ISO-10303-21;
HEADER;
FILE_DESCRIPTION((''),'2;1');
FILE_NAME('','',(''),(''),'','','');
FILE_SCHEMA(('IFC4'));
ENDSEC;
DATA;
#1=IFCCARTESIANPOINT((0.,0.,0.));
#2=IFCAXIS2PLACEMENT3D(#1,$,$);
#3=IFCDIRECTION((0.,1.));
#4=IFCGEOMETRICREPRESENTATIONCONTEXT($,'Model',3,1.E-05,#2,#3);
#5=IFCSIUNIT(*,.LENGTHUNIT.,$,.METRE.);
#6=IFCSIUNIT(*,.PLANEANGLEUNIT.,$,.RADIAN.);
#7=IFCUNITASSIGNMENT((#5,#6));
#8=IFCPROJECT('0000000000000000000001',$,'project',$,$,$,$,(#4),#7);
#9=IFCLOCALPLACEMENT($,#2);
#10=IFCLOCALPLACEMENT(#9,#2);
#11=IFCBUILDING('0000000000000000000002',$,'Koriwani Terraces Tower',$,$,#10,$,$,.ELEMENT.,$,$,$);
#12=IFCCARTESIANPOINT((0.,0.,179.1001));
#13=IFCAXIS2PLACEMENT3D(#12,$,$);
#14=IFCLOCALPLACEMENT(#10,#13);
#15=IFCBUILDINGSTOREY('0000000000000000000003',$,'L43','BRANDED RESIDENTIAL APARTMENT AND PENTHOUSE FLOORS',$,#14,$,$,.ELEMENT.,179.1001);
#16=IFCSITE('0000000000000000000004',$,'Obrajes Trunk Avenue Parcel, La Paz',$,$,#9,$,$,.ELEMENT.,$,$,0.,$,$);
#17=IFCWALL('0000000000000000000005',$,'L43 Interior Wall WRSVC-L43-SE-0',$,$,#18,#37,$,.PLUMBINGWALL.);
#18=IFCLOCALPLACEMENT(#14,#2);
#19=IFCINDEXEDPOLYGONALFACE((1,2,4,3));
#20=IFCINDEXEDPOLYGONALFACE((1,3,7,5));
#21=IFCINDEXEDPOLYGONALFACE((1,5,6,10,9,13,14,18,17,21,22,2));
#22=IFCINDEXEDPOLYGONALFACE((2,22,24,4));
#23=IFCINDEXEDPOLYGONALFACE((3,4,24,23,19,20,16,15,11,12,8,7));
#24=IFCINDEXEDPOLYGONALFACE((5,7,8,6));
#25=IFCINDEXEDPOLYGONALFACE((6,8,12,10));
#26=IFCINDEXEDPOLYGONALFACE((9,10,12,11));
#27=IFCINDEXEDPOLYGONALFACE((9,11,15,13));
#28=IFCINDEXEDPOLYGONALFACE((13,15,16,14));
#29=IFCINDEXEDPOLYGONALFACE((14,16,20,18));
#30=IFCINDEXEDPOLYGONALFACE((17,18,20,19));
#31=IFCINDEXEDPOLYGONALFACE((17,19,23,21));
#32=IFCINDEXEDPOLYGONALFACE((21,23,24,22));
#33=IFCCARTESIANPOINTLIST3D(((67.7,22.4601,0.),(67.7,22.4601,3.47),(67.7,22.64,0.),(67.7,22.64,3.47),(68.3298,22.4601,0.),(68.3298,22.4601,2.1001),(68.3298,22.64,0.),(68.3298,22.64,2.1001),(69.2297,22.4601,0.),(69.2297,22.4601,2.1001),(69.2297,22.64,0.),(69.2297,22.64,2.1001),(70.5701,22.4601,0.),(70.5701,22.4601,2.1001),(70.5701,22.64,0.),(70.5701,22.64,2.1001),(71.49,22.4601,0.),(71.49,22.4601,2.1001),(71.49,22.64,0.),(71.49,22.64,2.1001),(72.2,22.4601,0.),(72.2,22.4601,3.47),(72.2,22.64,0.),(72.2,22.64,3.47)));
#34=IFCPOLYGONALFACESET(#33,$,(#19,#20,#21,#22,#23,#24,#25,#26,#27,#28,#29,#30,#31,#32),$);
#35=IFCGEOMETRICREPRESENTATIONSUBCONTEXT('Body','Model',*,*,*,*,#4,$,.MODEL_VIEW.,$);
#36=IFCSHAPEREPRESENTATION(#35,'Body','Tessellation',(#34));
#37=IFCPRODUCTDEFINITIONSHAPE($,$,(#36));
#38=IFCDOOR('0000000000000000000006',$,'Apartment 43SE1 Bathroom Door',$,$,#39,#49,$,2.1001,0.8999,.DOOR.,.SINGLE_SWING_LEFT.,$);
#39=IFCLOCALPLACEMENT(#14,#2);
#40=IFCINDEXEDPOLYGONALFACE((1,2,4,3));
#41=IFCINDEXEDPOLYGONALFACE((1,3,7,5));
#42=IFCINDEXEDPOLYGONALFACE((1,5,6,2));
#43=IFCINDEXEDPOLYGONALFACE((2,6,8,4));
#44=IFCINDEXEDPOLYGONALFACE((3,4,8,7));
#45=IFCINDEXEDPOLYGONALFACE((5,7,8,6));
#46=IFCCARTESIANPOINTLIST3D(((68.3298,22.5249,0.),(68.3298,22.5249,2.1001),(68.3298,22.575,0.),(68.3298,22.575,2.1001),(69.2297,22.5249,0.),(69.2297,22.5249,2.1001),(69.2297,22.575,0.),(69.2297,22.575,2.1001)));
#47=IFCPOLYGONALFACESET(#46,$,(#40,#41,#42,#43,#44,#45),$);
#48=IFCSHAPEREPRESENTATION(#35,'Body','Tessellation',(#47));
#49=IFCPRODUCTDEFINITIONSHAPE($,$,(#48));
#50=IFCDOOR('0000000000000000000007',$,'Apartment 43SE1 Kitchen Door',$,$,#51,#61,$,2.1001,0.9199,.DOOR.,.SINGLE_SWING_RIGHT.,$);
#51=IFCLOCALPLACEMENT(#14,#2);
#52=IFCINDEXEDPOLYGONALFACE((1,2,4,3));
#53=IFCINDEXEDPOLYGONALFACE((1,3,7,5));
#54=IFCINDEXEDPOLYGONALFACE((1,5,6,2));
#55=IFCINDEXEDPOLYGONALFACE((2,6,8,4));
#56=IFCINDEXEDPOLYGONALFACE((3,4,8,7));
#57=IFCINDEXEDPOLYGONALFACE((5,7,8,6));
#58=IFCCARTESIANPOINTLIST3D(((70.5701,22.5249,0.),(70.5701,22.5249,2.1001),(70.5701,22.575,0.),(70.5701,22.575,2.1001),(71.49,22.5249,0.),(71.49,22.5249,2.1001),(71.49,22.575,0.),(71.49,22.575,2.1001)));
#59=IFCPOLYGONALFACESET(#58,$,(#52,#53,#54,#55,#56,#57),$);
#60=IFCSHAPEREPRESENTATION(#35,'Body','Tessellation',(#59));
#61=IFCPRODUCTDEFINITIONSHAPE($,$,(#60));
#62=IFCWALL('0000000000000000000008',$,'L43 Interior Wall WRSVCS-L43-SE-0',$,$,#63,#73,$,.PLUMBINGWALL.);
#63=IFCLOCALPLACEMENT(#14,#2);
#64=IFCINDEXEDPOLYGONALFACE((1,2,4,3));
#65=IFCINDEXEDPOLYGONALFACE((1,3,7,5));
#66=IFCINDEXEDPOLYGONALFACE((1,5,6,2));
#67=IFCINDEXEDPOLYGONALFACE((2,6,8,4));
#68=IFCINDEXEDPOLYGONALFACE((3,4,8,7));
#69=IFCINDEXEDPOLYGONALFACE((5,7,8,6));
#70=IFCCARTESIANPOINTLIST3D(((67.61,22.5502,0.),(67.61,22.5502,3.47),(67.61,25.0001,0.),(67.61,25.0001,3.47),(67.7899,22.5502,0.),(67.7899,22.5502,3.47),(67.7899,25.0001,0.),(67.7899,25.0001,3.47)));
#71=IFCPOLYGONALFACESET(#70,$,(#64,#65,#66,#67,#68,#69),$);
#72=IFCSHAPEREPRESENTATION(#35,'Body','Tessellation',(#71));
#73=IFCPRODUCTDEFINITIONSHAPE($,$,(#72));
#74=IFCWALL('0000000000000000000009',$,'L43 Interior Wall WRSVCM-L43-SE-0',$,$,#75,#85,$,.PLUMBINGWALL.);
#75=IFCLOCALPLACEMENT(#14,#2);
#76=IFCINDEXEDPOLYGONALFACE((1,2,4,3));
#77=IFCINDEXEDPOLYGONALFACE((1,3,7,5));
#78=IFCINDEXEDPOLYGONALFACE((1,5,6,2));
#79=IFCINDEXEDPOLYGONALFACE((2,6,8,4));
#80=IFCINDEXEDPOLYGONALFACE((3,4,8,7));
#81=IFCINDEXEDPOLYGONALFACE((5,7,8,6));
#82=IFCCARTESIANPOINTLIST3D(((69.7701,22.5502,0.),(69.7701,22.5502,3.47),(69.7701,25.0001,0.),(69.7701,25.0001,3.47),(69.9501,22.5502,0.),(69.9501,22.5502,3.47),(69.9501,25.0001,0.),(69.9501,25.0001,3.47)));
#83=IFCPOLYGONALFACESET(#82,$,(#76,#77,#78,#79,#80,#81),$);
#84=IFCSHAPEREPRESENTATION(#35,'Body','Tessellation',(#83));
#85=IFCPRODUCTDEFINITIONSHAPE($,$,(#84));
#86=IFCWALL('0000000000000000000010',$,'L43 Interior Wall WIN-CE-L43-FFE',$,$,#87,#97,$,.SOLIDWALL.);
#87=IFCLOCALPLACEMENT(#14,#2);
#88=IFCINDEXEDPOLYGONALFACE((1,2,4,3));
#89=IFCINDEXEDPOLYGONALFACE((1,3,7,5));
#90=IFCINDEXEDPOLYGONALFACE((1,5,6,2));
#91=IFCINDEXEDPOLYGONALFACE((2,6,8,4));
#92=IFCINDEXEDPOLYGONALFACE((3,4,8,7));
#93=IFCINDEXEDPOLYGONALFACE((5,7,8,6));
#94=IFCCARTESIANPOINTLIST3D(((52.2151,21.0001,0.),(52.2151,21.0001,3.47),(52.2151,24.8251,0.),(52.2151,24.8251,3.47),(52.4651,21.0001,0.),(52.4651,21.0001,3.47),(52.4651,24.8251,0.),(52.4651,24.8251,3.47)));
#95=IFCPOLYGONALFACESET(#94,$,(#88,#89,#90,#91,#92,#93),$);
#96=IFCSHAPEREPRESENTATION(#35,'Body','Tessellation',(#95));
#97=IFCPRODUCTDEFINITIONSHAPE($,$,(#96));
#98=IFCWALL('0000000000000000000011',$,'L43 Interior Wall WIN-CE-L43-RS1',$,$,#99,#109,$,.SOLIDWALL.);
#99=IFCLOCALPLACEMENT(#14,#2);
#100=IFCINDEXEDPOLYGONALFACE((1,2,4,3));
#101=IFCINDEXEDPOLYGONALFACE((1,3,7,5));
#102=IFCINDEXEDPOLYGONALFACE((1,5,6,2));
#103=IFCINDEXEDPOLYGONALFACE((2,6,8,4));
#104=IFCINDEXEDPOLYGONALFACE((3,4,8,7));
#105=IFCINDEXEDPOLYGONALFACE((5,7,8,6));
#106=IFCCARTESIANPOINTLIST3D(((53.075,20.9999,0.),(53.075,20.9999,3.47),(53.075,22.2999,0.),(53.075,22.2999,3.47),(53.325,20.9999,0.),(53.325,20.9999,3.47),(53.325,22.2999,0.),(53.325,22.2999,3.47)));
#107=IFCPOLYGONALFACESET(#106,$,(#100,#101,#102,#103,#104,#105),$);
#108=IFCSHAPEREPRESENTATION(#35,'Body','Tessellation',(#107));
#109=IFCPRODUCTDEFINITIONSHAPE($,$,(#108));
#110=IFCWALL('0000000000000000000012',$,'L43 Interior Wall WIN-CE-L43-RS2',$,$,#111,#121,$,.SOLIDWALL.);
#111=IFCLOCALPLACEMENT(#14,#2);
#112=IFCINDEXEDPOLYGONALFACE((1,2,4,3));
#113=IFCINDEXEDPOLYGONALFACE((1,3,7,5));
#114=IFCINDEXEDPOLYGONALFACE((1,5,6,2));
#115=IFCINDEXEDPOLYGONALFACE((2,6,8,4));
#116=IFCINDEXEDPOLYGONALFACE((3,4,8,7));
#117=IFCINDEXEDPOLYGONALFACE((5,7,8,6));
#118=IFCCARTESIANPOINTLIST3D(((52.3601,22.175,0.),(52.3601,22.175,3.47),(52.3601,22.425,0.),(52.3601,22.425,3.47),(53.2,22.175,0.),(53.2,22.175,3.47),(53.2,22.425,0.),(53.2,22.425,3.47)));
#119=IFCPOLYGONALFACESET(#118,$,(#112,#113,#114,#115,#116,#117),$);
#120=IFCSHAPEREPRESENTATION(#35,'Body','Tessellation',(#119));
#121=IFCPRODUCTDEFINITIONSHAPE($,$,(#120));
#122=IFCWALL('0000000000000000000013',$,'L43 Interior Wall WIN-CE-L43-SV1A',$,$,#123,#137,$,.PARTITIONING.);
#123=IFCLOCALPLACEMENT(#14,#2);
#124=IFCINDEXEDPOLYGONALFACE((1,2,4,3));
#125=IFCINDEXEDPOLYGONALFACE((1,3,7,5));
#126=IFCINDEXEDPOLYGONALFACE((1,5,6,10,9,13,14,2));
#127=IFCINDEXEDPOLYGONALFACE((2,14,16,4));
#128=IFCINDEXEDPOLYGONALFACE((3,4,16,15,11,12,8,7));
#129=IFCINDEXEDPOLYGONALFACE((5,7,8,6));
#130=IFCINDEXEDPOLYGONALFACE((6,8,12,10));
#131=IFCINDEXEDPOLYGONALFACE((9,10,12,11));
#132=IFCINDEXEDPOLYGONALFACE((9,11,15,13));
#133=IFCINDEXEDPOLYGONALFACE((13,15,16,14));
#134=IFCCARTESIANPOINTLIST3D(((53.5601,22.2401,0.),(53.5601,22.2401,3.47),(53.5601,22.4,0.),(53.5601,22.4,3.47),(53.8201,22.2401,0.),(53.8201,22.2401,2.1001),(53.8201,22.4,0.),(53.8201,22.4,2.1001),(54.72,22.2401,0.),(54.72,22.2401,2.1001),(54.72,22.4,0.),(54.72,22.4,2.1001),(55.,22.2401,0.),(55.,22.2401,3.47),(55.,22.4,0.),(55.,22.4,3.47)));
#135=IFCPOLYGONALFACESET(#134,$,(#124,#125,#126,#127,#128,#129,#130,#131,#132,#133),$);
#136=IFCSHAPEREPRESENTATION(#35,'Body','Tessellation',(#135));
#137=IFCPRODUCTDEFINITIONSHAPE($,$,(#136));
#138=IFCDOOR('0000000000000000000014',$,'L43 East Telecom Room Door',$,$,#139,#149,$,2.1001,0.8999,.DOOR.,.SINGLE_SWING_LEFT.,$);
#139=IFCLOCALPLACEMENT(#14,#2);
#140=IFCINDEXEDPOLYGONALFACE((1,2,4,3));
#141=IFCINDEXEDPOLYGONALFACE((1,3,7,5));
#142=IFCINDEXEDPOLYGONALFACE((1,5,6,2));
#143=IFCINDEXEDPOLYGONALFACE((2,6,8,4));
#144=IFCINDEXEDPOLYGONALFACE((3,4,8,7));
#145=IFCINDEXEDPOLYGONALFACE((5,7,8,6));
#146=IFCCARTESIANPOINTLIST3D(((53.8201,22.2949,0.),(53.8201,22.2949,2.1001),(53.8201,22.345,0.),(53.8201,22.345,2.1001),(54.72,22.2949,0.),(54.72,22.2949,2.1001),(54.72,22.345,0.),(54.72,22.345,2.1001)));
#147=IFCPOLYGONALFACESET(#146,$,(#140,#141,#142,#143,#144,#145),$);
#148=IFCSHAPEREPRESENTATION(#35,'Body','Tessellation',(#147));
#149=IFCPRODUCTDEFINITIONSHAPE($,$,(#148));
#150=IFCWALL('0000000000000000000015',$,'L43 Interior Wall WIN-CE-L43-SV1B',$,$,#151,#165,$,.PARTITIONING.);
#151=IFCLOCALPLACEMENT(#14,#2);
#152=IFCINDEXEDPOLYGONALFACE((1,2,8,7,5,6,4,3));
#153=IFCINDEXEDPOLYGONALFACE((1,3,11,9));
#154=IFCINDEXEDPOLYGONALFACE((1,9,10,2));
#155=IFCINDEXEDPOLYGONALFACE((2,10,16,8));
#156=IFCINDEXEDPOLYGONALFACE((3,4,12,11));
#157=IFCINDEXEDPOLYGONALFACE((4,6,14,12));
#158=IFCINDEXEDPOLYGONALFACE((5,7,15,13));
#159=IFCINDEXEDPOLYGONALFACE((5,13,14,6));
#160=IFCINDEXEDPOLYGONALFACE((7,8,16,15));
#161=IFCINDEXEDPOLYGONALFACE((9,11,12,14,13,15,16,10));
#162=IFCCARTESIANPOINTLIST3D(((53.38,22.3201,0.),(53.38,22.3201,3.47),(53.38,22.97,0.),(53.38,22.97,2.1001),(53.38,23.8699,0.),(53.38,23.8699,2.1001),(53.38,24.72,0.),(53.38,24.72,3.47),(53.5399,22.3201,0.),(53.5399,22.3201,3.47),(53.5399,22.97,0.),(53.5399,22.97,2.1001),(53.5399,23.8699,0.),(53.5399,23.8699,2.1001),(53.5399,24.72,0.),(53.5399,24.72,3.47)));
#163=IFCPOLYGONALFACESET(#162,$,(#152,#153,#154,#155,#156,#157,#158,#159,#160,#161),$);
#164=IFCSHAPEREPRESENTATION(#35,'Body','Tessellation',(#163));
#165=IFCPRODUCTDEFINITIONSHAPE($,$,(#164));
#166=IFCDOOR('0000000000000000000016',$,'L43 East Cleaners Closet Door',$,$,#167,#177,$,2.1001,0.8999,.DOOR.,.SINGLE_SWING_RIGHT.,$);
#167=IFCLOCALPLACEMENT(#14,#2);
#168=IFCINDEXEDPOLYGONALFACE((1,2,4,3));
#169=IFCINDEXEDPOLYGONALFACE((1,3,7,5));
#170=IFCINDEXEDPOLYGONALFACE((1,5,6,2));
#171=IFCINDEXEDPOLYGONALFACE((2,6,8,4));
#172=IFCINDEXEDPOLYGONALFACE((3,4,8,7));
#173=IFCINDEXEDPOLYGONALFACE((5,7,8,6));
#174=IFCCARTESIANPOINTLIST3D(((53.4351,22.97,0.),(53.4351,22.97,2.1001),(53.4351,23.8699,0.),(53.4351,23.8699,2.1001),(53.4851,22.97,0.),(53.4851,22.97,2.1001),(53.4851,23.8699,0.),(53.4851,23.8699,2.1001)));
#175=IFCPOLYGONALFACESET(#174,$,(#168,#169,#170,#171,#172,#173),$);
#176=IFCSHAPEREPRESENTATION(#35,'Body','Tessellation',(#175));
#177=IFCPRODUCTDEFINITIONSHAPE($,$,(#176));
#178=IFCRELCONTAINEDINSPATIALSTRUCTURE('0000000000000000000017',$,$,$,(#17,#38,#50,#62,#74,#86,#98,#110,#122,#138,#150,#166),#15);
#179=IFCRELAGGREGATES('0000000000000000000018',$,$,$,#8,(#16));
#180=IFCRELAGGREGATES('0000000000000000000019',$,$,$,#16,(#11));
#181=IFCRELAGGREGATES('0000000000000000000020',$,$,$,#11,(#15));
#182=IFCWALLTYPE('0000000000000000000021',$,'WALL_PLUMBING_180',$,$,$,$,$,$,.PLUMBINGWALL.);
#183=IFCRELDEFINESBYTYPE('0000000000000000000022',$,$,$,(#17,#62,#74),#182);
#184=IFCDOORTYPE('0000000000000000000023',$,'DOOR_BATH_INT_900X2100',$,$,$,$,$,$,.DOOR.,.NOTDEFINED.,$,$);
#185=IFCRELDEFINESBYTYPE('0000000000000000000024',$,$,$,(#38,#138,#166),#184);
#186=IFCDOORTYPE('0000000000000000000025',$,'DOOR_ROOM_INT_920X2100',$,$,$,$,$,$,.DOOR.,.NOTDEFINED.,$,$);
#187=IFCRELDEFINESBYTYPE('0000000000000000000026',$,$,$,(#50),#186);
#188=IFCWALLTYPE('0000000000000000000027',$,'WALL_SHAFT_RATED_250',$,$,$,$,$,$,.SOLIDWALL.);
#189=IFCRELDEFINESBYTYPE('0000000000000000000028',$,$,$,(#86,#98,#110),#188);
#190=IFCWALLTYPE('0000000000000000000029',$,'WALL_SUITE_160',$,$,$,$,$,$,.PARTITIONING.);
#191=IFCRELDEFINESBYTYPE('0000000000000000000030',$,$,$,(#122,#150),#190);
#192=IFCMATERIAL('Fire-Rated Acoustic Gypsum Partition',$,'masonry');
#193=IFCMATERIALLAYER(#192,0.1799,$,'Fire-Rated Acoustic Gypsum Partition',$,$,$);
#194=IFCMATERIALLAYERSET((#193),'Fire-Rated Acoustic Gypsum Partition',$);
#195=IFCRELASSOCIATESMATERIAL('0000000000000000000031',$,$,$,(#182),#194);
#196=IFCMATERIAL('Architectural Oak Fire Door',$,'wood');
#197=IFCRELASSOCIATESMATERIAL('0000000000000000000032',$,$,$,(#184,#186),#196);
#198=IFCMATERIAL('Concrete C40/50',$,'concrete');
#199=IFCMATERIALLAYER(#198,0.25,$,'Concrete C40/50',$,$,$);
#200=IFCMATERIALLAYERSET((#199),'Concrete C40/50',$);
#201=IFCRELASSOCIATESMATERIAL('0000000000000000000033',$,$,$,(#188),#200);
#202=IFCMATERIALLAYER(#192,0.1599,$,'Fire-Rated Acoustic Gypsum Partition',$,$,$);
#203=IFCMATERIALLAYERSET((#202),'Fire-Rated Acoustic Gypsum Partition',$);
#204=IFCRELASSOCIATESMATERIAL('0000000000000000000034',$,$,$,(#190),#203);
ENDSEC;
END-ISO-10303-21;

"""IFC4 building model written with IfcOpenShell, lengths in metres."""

from ifc_helpers import new_model, si_unit, direction, frame, frame_2d, origin, place, context, subcontext, project, spatial, rectangle, extrude, material, layer, layer_set, type_object, element, fill, save


model = new_model("IFC4")

# Units and contexts
model_context = context("Model", 3, precision=1e-05, world=origin(), true_north=direction((0.0, 1.0)))
body_context = subcontext(model_context, "Body", "Model", "MODEL_VIEW")
ifc_project = project(units=[si_unit("LENGTHUNIT", "METRE"), si_unit("PLANEANGLEUNIT", "RADIAN")], contexts=[model_context])

# Site, building, storey
site_placement = place(None, origin())
site = spatial("IfcSite", under=ifc_project, at=site_placement, Name="Obrajes Trunk Avenue Parcel, La Paz", CompositionType="ELEMENT", RefElevation=0.0)
building_placement = place(site_placement, origin())
building = spatial("IfcBuilding", under=site, at=building_placement, Name="Koriwani Terraces Tower", CompositionType="ELEMENT")
storey_placement = place(building_placement, frame((0.0, 0.0, 179.1001)))
storey = spatial("IfcBuildingStorey", under=building, at=storey_placement, Name="L43", Description="BRANDED RESIDENTIAL APARTMENT AND PENTHOUSE FLOORS", CompositionType="ELEMENT", Elevation=179.1001)

# Shared definitions
ifc_material_1 = material(Name="Architectural Oak Fire Door", Category="wood")

# Wall, openings, doors
ifc_material_2 = material(Name="Fire-Rated Acoustic Gypsum Partition", Category="masonry")
ifc_layer_1 = layer(ifc_material_2, 0.1799, Name="Fire-Rated Acoustic Gypsum Partition")
ifc_layer_set_1 = layer_set([ifc_layer_1], Name="Fire-Rated Acoustic Gypsum Partition")
wall_type_1 = type_object("IfcWallType", Name="WALL_PLUMBING_180", PredefinedType="PLUMBINGWALL", material=ifc_layer_set_1)
wall_1_placement = place(storey_placement, frame((67.7, 22.55, 0.0), z_axis=(0.0, 0.0, 1.0), x_axis=(1.0, 0.0, 0.0)))
wall_1 = element("IfcWall", 1, at=wall_1_placement, inside=storey, type_object=wall_type_1, Name="L43 Interior Wall WRSVC-L43-SE-0", PredefinedType="PLUMBINGWALL", context=body_context, shape_type="SweptSolid", body=[
    extrude(rectangle(XDim=4.5, YDim=0.1799, at=frame_2d((2.25, 0.0))), origin(), (0.0, 0.0, 1.0), 3.47),
])
opening_1_placement = place(wall_1_placement, frame((0.6299, 0.0, 0.0)))
opening_1 = element("IfcOpeningElement", 2, at=opening_1_placement, cuts=wall_1, PredefinedType="OPENING", context=body_context, shape_type="SweptSolid", body=[
    extrude(rectangle(XDim=0.8999, YDim=2.1001, at=frame_2d((0.45, 1.05))), frame((0.0, 0.1001, 0.0), z_axis=(0.0, -1.0, 0.0), x_axis=(1.0, 0.0, 0.0)), (0.0, 0.0, 1.0), 0.2),
])
opening_2_placement = place(wall_1_placement, frame((2.8701, 0.0, 0.0)))
opening_2 = element("IfcOpeningElement", 3, at=opening_2_placement, cuts=wall_1, PredefinedType="OPENING", context=body_context, shape_type="SweptSolid", body=[
    extrude(rectangle(XDim=0.9199, YDim=2.1001, at=frame_2d((0.46, 1.05))), frame((0.0, 0.1001, 0.0), z_axis=(0.0, -1.0, 0.0), x_axis=(1.0, 0.0, 0.0)), (0.0, 0.0, 1.0), 0.2),
])
door_type_1 = type_object("IfcDoorType", Name="DOOR_BATH_INT_900X2100", OperationType="NOTDEFINED", PredefinedType="DOOR", material=ifc_material_1)
door_1_placement = place(opening_1_placement, origin())
door_1 = element("IfcDoor", 4, at=door_1_placement, inside=storey, type_object=door_type_1, Name="Apartment 43SE1 Bathroom Door", OperationType="SINGLE_SWING_LEFT", OverallHeight=2.1001, OverallWidth=0.8999, PredefinedType="DOOR", context=body_context, shape_type="SweptSolid", body=[
    extrude(rectangle(XDim=0.8999, YDim=2.1001, at=frame_2d((0.45, 1.05))), frame((0.0, 0.0249, 0.0), z_axis=(0.0, -1.0, 0.0), x_axis=(1.0, 0.0, 0.0)), (0.0, 0.0, 1.0), 0.05),
])
fill(opening_1, door_1)
door_type_2 = type_object("IfcDoorType", Name="DOOR_ROOM_INT_920X2100", OperationType="NOTDEFINED", PredefinedType="DOOR", material=ifc_material_1)
door_2_placement = place(opening_2_placement, origin())
door_2 = element("IfcDoor", 5, at=door_2_placement, inside=storey, type_object=door_type_2, Name="Apartment 43SE1 Kitchen Door", OperationType="SINGLE_SWING_RIGHT", OverallHeight=2.1001, OverallWidth=0.9199, PredefinedType="DOOR", context=body_context, shape_type="SweptSolid", body=[
    extrude(rectangle(XDim=0.9199, YDim=2.1001, at=frame_2d((0.46, 1.05))), frame((0.0, 0.0249, 0.0), z_axis=(0.0, -1.0, 0.0), x_axis=(1.0, 0.0, 0.0)), (0.0, 0.0, 1.0), 0.05),
])
fill(opening_2, door_2)

# Walls
for number, where, z_axis, x_axis, name in (
    (6, (67.7, 22.55, 0.0), (0.0, 0.0, 1.0), (0.0, 1.0, 0.0), "L43 Interior Wall WRSVCS-L43-SE-0"),
    (7, (69.8601, 22.55, 0.0), (0.0, 0.0, 1.0), (0.0, 1.0, 0.0), "L43 Interior Wall WRSVCM-L43-SE-0"),
):
    element("IfcWall", number, at=place(storey_placement, frame(where, z_axis=z_axis, x_axis=x_axis)), inside=storey, type_object=wall_type_1, Name=name, PredefinedType="PLUMBINGWALL", context=body_context, shape_type="SweptSolid", body=[
        extrude(rectangle(XDim=2.45, YDim=0.1799, at=frame_2d((1.2251, 0.0))), origin(), (0.0, 0.0, 1.0), 3.47),
    ])

# Shared definitions
ifc_material_3 = material(Name="Concrete C40/50", Category="concrete")
ifc_layer_2 = layer(ifc_material_3, 0.25, Name="Concrete C40/50")
ifc_layer_set_2 = layer_set([ifc_layer_2], Name="Concrete C40/50")
wall_type_2 = type_object("IfcWallType", Name="WALL_SHAFT_RATED_250", PredefinedType="SOLIDWALL", material=ifc_layer_set_2)

# Wall
wall_2_placement = place(storey_placement, frame((52.3401, 21.0, 0.0), z_axis=(0.0, 0.0, 1.0), x_axis=(0.0, 1.0, 0.0)))
element("IfcWall", 8, at=wall_2_placement, inside=storey, type_object=wall_type_2, Name="L43 Interior Wall WIN-CE-L43-FFE", PredefinedType="SOLIDWALL", context=body_context, shape_type="SweptSolid", body=[
    extrude(rectangle(XDim=3.825, YDim=0.25, at=frame_2d((1.9126, 0.0))), origin(), (0.0, 0.0, 1.0), 3.47),
])

# Walls
wall_3_placement = place(storey_placement, frame((53.2, 21.0, 0.0), z_axis=(0.0, 0.0, 1.0), x_axis=(0.0, 1.0, 0.0)))
element("IfcWall", 9, at=wall_3_placement, inside=storey, type_object=wall_type_2, Name="L43 Interior Wall WIN-CE-L43-RS1", PredefinedType="SOLIDWALL", context=body_context, shape_type="SweptSolid", body=[
    extrude(rectangle(XDim=1.3, YDim=0.25, at=frame_2d((0.6499, 0.0))), origin(), (0.0, 0.0, 1.0), 3.47),
])
wall_4_placement = place(storey_placement, frame((52.3601, 22.3, 0.0), z_axis=(0.0, 0.0, 1.0), x_axis=(1.0, 0.0, 0.0)))
element("IfcWall", 10, at=wall_4_placement, inside=storey, type_object=wall_type_2, Name="L43 Interior Wall WIN-CE-L43-RS2", PredefinedType="SOLIDWALL", context=body_context, shape_type="SweptSolid", body=[
    extrude(rectangle(XDim=0.8398, YDim=0.25, at=frame_2d((0.4199, 0.0))), origin(), (0.0, 0.0, 1.0), 3.47),
])

# Walls, openings, doors
ifc_layer_3 = layer(ifc_material_2, 0.1599, Name="Fire-Rated Acoustic Gypsum Partition")
ifc_layer_set_3 = layer_set([ifc_layer_3], Name="Fire-Rated Acoustic Gypsum Partition")
wall_type_3 = type_object("IfcWallType", Name="WALL_SUITE_160", PredefinedType="PARTITIONING", material=ifc_layer_set_3)
wall_5_placement = place(storey_placement, frame((53.5601, 22.3201, 0.0), z_axis=(0.0, 0.0, 1.0), x_axis=(1.0, 0.0, 0.0)))
wall_5 = element("IfcWall", 11, at=wall_5_placement, inside=storey, type_object=wall_type_3, Name="L43 Interior Wall WIN-CE-L43-SV1A", PredefinedType="PARTITIONING", context=body_context, shape_type="SweptSolid", body=[
    extrude(rectangle(XDim=1.4399, YDim=0.1599, at=frame_2d((0.72, 0.0))), origin(), (0.0, 0.0, 1.0), 3.47),
])
opening_3_placement = place(wall_5_placement, frame((0.26, 0.0, 0.0)))
opening_3 = element("IfcOpeningElement", 12, at=opening_3_placement, cuts=wall_5, PredefinedType="OPENING", context=body_context, shape_type="SweptSolid", body=[
    extrude(rectangle(XDim=0.8999, YDim=2.1001, at=frame_2d((0.45, 1.05))), frame((0.0, 0.0898, 0.0), z_axis=(0.0, -1.0, 0.0), x_axis=(1.0, 0.0, 0.0)), (0.0, 0.0, 1.0), 0.1799),
])
door_3_placement = place(opening_3_placement, origin())
door_3 = element("IfcDoor", 13, at=door_3_placement, inside=storey, type_object=door_type_1, Name="L43 East Telecom Room Door", OperationType="SINGLE_SWING_LEFT", OverallHeight=2.1001, OverallWidth=0.8999, PredefinedType="DOOR", context=body_context, shape_type="SweptSolid", body=[
    extrude(rectangle(XDim=0.8999, YDim=2.1001, at=frame_2d((0.45, 1.05))), frame((0.0, 0.0249, 0.0), z_axis=(0.0, -1.0, 0.0), x_axis=(1.0, 0.0, 0.0)), (0.0, 0.0, 1.0), 0.05),
])
fill(opening_3, door_3)
wall_6_placement = place(storey_placement, frame((53.46, 22.3201, 0.0), z_axis=(0.0, 0.0, 1.0), x_axis=(0.0, 1.0, 0.0)))
wall_6 = element("IfcWall", 14, at=wall_6_placement, inside=storey, type_object=wall_type_3, Name="L43 Interior Wall WIN-CE-L43-SV1B", PredefinedType="PARTITIONING", context=body_context, shape_type="SweptSolid", body=[
    extrude(rectangle(XDim=2.3999, YDim=0.1599, at=frame_2d((1.2, 0.0))), origin(), (0.0, 0.0, 1.0), 3.47),
])
opening_4_placement = place(wall_6_placement, frame((0.6499, 0.0, 0.0)))
opening_4 = element("IfcOpeningElement", 15, at=opening_4_placement, cuts=wall_6, PredefinedType="OPENING", context=body_context, shape_type="SweptSolid", body=[
    extrude(rectangle(XDim=0.8999, YDim=2.1001, at=frame_2d((0.45, 1.05))), frame((0.0, 0.0898, 0.0), z_axis=(0.0, -1.0, 0.0), x_axis=(1.0, 0.0, 0.0)), (0.0, 0.0, 1.0), 0.1799),
])
door_4_placement = place(opening_4_placement, origin())
door_4 = element("IfcDoor", 16, at=door_4_placement, inside=storey, type_object=door_type_1, Name="L43 East Cleaners Closet Door", OperationType="SINGLE_SWING_RIGHT", OverallHeight=2.1001, OverallWidth=0.8999, PredefinedType="DOOR", context=body_context, shape_type="SweptSolid", body=[
    extrude(rectangle(XDim=0.8999, YDim=2.1001, at=frame_2d((0.45, 1.05))), frame((0.0, 0.0249, 0.0), z_axis=(0.0, -1.0, 0.0), x_axis=(1.0, 0.0, 0.0)), (0.0, 0.0, 1.0), 0.05),
])
fill(opening_4, door_4)

save(model, "model.ifc")
